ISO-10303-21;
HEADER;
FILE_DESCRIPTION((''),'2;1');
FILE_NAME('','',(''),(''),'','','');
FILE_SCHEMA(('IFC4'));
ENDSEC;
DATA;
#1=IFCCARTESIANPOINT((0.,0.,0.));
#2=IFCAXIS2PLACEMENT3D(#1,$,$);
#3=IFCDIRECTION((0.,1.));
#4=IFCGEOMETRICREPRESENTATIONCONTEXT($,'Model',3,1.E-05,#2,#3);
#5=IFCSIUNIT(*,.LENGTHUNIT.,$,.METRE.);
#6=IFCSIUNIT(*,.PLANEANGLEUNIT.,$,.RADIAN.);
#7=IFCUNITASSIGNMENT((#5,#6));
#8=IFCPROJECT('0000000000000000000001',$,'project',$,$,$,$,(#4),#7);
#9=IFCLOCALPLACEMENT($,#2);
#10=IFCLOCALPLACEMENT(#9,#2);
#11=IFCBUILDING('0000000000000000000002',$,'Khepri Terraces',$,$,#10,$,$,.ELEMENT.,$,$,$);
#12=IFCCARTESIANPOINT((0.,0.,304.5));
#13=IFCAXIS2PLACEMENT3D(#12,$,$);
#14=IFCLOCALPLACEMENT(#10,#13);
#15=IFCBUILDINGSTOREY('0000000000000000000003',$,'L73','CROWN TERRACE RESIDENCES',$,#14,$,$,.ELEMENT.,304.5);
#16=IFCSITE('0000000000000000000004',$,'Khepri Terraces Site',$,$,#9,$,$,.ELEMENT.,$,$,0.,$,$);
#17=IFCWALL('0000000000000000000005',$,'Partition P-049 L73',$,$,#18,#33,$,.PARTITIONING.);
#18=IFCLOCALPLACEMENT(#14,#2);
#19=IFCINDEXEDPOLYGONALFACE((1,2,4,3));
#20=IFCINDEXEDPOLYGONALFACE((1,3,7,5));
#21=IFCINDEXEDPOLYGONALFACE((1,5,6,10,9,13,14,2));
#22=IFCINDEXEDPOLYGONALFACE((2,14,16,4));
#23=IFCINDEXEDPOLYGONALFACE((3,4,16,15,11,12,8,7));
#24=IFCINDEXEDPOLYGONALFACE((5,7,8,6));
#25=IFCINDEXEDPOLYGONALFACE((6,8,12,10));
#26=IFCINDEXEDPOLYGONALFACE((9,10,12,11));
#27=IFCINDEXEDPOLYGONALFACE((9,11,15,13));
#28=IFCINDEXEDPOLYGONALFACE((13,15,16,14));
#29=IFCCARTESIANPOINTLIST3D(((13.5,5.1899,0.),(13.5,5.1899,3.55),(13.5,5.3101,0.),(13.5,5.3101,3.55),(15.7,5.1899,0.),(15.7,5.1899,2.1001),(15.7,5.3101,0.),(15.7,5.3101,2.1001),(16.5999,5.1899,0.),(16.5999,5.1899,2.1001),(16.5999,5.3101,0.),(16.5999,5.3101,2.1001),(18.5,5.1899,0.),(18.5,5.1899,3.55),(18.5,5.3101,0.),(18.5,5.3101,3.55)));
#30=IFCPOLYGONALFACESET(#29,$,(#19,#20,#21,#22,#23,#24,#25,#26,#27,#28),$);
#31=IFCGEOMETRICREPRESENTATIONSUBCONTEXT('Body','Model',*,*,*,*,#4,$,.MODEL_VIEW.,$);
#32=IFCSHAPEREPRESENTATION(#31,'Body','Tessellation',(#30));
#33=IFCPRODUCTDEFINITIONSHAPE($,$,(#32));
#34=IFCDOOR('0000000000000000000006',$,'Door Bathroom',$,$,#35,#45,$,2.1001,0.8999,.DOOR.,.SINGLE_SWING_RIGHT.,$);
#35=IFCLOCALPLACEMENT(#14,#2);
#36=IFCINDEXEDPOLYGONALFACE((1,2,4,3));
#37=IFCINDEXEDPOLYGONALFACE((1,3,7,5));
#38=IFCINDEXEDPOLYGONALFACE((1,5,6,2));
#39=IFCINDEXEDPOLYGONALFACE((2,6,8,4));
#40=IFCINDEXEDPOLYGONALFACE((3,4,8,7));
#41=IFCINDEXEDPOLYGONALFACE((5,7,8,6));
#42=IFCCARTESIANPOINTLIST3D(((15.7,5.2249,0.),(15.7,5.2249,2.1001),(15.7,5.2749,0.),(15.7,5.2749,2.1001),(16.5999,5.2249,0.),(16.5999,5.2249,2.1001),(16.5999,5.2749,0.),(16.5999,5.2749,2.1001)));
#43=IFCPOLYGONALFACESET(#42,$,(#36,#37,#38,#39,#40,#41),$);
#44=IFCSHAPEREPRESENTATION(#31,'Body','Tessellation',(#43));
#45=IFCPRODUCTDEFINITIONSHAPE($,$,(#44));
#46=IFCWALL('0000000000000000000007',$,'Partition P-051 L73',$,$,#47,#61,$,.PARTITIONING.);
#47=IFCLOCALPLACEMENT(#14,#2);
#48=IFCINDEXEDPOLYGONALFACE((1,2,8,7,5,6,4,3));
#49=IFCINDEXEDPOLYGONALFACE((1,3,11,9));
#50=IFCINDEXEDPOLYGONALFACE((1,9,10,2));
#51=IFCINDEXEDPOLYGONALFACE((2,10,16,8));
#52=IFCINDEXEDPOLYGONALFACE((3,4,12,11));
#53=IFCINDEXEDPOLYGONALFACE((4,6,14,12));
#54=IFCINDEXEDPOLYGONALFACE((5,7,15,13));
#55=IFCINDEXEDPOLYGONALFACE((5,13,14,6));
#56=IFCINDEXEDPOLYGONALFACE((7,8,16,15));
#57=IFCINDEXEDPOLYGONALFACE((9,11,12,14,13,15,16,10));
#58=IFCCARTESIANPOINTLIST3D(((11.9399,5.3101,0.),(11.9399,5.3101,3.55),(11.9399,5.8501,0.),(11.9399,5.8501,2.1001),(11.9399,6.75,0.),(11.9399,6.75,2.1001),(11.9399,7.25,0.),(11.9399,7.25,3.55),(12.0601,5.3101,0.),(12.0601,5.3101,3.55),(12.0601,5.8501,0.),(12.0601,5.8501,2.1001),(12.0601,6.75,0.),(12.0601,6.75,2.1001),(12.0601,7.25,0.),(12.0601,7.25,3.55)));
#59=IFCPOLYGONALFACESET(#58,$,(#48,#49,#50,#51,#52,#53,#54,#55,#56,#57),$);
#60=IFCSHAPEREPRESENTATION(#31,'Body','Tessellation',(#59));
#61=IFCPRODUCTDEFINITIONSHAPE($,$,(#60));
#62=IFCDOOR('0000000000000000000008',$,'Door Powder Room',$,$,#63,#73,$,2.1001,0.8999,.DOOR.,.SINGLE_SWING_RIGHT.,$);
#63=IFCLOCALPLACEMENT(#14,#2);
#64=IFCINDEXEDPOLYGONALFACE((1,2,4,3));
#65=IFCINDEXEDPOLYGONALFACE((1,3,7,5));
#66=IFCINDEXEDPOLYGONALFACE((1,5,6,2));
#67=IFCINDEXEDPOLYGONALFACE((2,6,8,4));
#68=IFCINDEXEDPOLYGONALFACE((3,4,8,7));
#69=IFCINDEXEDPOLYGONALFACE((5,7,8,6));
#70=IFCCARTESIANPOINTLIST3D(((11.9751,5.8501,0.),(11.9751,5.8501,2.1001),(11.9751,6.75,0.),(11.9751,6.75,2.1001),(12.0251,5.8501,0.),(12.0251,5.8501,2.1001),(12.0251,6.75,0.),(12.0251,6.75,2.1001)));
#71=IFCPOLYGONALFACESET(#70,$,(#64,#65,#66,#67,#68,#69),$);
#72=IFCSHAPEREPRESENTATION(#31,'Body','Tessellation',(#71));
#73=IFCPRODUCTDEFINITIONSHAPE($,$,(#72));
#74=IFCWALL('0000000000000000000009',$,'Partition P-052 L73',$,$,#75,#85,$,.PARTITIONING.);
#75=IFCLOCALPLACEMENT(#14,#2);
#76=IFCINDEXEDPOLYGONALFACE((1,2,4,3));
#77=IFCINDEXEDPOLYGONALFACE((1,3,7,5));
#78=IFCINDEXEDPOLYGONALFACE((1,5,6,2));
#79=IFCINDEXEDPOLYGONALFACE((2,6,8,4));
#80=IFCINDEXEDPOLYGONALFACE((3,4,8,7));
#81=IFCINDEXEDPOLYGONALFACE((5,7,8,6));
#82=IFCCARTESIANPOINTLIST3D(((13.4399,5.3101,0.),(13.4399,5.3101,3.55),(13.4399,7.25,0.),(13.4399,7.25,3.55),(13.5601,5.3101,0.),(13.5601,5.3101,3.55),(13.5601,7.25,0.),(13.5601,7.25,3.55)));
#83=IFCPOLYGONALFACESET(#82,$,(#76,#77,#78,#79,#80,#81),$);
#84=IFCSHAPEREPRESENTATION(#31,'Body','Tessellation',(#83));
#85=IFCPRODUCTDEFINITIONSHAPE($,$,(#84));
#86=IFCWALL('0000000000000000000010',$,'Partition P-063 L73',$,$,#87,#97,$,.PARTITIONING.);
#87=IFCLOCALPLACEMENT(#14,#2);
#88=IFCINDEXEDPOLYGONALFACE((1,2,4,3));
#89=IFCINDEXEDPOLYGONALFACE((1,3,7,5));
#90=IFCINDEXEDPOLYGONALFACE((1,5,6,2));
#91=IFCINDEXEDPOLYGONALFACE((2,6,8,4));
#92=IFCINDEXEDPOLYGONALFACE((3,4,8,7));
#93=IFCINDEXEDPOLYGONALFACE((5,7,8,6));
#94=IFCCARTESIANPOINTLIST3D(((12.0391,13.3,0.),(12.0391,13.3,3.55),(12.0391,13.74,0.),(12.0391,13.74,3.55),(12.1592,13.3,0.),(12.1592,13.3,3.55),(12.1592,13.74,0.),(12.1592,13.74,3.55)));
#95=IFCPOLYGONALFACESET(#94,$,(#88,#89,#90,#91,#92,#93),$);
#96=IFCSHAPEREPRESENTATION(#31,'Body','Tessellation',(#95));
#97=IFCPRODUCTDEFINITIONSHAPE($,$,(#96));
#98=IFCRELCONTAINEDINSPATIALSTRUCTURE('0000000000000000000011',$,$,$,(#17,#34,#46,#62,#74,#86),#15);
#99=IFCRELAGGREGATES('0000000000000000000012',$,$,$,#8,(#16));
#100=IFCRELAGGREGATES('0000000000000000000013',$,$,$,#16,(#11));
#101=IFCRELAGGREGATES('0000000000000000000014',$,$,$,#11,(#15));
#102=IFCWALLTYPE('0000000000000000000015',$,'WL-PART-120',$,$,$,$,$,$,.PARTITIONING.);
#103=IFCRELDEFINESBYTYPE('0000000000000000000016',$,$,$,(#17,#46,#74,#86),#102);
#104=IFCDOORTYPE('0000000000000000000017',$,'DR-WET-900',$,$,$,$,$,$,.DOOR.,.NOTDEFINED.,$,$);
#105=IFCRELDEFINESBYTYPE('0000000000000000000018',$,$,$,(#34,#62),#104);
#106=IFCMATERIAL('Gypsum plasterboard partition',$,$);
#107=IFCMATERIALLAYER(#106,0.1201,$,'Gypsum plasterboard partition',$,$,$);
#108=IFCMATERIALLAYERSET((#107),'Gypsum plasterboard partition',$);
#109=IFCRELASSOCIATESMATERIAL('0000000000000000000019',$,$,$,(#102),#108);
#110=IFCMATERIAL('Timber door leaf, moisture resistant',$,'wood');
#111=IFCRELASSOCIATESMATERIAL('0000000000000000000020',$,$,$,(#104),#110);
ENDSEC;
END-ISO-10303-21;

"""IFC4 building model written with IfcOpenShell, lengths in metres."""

from ifc_helpers import new_model, si_unit, direction, frame, frame_2d, origin, place, context, subcontext, project, spatial, rectangle, extrude, material, layer, layer_set, type_object, element, fill, save


model = new_model("IFC4")

# Units and contexts
model_context = context("Model", 3, precision=1e-05, world=origin(), true_north=direction((0.0, 1.0)))
body_context = subcontext(model_context, "Body", "Model", "MODEL_VIEW")
ifc_project = project(units=[si_unit("LENGTHUNIT", "METRE"), si_unit("PLANEANGLEUNIT", "RADIAN")], contexts=[model_context])

# Site, building, storey
site_placement = place(None, origin())
site = spatial("IfcSite", under=ifc_project, at=site_placement, Name="Khepri Terraces Site", CompositionType="ELEMENT", RefElevation=0.0)
building_placement = place(site_placement, origin())
building = spatial("IfcBuilding", under=site, at=building_placement, Name="Khepri Terraces", CompositionType="ELEMENT")
storey_placement = place(building_placement, frame((0.0, 0.0, 304.5)))
storey = spatial("IfcBuildingStorey", under=building, at=storey_placement, Name="L73", Description="CROWN TERRACE RESIDENCES", CompositionType="ELEMENT", Elevation=304.5)

# Walls, openings, doors
ifc_material_1 = material(Name="Gypsum plasterboard partition")
ifc_layer_1 = layer(ifc_material_1, 0.1201, Name="Gypsum plasterboard partition")
ifc_layer_set_1 = layer_set([ifc_layer_1], Name="Gypsum plasterboard partition")
wall_type_1 = type_object("IfcWallType", Name="WL-PART-120", PredefinedType="PARTITIONING", material=ifc_layer_set_1)
wall_1_placement = place(storey_placement, frame((13.5, 5.25, 0.0), z_axis=(0.0, 0.0, 1.0), x_axis=(1.0, 0.0, 0.0)))
wall_1 = element("IfcWall", 1, at=wall_1_placement, inside=storey, type_object=wall_type_1, Name="Partition P-049 L73", PredefinedType="PARTITIONING", context=body_context, shape_type="SweptSolid", body=[
    extrude(rectangle(XDim=5.0, YDim=0.1201, at=frame_2d((2.5, 0.0))), origin(), (0.0, 0.0, 1.0), 3.55),
])
opening_1_placement = place(wall_1_placement, frame((2.2, 0.0, 0.0)))
opening_1 = element("IfcOpeningElement", 2, at=opening_1_placement, cuts=wall_1, PredefinedType="OPENING", context=body_context, shape_type="SweptSolid", body=[
    extrude(rectangle(XDim=0.8999, YDim=2.1001, at=frame_2d((0.45, 1.05))), frame((0.0, 0.0701, 0.0), z_axis=(0.0, -1.0, 0.0), x_axis=(1.0, 0.0, 0.0)), (0.0, 0.0, 1.0), 0.1401),
])
ifc_material_2 = material(Name="Timber door leaf, moisture resistant", Category="wood")
door_type_1 = type_object("IfcDoorType", Name="DR-WET-900", OperationType="NOTDEFINED", PredefinedType="DOOR", material=ifc_material_2)
door_1_placement = place(opening_1_placement, origin())
door_1 = element("IfcDoor", 3, at=door_1_placement, inside=storey, type_object=door_type_1, Name="Door Bathroom", OperationType="SINGLE_SWING_RIGHT", OverallHeight=2.1001, OverallWidth=0.8999, PredefinedType="DOOR", context=body_context, shape_type="SweptSolid", body=[
    extrude(rectangle(XDim=0.8999, YDim=2.1001, at=frame_2d((0.45, 1.05))), frame((0.0, 0.0249, 0.0), z_axis=(0.0, -1.0, 0.0), x_axis=(1.0, 0.0, 0.0)), (0.0, 0.0, 1.0), 0.05),
])
fill(opening_1, door_1)
wall_2_placement = place(storey_placement, frame((12.0, 5.3101, 0.0), z_axis=(0.0, 0.0, 1.0), x_axis=(0.0, 1.0, 0.0)))
wall_2 = element("IfcWall", 4, at=wall_2_placement, inside=storey, type_object=wall_type_1, Name="Partition P-051 L73", PredefinedType="PARTITIONING", context=body_context, shape_type="SweptSolid", body=[
    extrude(rectangle(XDim=1.9399, YDim=0.1201, at=frame_2d((0.97, 0.0))), origin(), (0.0, 0.0, 1.0), 3.55),
])
opening_2_placement = place(wall_2_placement, frame((0.54, 0.0, 0.0)))
opening_2 = element("IfcOpeningElement", 5, at=opening_2_placement, cuts=wall_2, PredefinedType="OPENING", context=body_context, shape_type="SweptSolid", body=[
    extrude(rectangle(XDim=0.8999, YDim=2.1001, at=frame_2d((0.45, 1.05))), frame((0.0, 0.0701, 0.0), z_axis=(0.0, -1.0, 0.0), x_axis=(1.0, 0.0, 0.0)), (0.0, 0.0, 1.0), 0.1401),
])
door_2_placement = place(opening_2_placement, origin())
door_2 = element("IfcDoor", 6, at=door_2_placement, inside=storey, type_object=door_type_1, Name="Door Powder Room", OperationType="SINGLE_SWING_RIGHT", OverallHeight=2.1001, OverallWidth=0.8999, PredefinedType="DOOR", context=body_context, shape_type="SweptSolid", body=[
    extrude(rectangle(XDim=0.8999, YDim=2.1001, at=frame_2d((0.45, 1.05))), frame((0.0, 0.0249, 0.0), z_axis=(0.0, -1.0, 0.0), x_axis=(1.0, 0.0, 0.0)), (0.0, 0.0, 1.0), 0.05),
])
fill(opening_2, door_2)

# Walls
wall_3_placement = place(storey_placement, frame((13.5, 5.3101, 0.0), z_axis=(0.0, 0.0, 1.0), x_axis=(0.0, 1.0, 0.0)))
element("IfcWall", 7, at=wall_3_placement, inside=storey, type_object=wall_type_1, Name="Partition P-052 L73", PredefinedType="PARTITIONING", context=body_context, shape_type="SweptSolid", body=[
    extrude(rectangle(XDim=1.9399, YDim=0.1201, at=frame_2d((0.97, 0.0))), origin(), (0.0, 0.0, 1.0), 3.55),
])
wall_4_placement = place(storey_placement, frame((12.0991, 13.3, 0.0), z_axis=(0.0, 0.0, 1.0), x_axis=(0.0, 1.0, 0.0)))
element("IfcWall", 8, at=wall_4_placement, inside=storey, type_object=wall_type_1, Name="Partition P-063 L73", PredefinedType="PARTITIONING", context=body_context, shape_type="SweptSolid", body=[
    extrude(rectangle(XDim=0.4399, YDim=0.1201, at=frame_2d((0.22, 0.0))), origin(), (0.0, 0.0, 1.0), 3.55),
])

save(model, "model.ifc")
